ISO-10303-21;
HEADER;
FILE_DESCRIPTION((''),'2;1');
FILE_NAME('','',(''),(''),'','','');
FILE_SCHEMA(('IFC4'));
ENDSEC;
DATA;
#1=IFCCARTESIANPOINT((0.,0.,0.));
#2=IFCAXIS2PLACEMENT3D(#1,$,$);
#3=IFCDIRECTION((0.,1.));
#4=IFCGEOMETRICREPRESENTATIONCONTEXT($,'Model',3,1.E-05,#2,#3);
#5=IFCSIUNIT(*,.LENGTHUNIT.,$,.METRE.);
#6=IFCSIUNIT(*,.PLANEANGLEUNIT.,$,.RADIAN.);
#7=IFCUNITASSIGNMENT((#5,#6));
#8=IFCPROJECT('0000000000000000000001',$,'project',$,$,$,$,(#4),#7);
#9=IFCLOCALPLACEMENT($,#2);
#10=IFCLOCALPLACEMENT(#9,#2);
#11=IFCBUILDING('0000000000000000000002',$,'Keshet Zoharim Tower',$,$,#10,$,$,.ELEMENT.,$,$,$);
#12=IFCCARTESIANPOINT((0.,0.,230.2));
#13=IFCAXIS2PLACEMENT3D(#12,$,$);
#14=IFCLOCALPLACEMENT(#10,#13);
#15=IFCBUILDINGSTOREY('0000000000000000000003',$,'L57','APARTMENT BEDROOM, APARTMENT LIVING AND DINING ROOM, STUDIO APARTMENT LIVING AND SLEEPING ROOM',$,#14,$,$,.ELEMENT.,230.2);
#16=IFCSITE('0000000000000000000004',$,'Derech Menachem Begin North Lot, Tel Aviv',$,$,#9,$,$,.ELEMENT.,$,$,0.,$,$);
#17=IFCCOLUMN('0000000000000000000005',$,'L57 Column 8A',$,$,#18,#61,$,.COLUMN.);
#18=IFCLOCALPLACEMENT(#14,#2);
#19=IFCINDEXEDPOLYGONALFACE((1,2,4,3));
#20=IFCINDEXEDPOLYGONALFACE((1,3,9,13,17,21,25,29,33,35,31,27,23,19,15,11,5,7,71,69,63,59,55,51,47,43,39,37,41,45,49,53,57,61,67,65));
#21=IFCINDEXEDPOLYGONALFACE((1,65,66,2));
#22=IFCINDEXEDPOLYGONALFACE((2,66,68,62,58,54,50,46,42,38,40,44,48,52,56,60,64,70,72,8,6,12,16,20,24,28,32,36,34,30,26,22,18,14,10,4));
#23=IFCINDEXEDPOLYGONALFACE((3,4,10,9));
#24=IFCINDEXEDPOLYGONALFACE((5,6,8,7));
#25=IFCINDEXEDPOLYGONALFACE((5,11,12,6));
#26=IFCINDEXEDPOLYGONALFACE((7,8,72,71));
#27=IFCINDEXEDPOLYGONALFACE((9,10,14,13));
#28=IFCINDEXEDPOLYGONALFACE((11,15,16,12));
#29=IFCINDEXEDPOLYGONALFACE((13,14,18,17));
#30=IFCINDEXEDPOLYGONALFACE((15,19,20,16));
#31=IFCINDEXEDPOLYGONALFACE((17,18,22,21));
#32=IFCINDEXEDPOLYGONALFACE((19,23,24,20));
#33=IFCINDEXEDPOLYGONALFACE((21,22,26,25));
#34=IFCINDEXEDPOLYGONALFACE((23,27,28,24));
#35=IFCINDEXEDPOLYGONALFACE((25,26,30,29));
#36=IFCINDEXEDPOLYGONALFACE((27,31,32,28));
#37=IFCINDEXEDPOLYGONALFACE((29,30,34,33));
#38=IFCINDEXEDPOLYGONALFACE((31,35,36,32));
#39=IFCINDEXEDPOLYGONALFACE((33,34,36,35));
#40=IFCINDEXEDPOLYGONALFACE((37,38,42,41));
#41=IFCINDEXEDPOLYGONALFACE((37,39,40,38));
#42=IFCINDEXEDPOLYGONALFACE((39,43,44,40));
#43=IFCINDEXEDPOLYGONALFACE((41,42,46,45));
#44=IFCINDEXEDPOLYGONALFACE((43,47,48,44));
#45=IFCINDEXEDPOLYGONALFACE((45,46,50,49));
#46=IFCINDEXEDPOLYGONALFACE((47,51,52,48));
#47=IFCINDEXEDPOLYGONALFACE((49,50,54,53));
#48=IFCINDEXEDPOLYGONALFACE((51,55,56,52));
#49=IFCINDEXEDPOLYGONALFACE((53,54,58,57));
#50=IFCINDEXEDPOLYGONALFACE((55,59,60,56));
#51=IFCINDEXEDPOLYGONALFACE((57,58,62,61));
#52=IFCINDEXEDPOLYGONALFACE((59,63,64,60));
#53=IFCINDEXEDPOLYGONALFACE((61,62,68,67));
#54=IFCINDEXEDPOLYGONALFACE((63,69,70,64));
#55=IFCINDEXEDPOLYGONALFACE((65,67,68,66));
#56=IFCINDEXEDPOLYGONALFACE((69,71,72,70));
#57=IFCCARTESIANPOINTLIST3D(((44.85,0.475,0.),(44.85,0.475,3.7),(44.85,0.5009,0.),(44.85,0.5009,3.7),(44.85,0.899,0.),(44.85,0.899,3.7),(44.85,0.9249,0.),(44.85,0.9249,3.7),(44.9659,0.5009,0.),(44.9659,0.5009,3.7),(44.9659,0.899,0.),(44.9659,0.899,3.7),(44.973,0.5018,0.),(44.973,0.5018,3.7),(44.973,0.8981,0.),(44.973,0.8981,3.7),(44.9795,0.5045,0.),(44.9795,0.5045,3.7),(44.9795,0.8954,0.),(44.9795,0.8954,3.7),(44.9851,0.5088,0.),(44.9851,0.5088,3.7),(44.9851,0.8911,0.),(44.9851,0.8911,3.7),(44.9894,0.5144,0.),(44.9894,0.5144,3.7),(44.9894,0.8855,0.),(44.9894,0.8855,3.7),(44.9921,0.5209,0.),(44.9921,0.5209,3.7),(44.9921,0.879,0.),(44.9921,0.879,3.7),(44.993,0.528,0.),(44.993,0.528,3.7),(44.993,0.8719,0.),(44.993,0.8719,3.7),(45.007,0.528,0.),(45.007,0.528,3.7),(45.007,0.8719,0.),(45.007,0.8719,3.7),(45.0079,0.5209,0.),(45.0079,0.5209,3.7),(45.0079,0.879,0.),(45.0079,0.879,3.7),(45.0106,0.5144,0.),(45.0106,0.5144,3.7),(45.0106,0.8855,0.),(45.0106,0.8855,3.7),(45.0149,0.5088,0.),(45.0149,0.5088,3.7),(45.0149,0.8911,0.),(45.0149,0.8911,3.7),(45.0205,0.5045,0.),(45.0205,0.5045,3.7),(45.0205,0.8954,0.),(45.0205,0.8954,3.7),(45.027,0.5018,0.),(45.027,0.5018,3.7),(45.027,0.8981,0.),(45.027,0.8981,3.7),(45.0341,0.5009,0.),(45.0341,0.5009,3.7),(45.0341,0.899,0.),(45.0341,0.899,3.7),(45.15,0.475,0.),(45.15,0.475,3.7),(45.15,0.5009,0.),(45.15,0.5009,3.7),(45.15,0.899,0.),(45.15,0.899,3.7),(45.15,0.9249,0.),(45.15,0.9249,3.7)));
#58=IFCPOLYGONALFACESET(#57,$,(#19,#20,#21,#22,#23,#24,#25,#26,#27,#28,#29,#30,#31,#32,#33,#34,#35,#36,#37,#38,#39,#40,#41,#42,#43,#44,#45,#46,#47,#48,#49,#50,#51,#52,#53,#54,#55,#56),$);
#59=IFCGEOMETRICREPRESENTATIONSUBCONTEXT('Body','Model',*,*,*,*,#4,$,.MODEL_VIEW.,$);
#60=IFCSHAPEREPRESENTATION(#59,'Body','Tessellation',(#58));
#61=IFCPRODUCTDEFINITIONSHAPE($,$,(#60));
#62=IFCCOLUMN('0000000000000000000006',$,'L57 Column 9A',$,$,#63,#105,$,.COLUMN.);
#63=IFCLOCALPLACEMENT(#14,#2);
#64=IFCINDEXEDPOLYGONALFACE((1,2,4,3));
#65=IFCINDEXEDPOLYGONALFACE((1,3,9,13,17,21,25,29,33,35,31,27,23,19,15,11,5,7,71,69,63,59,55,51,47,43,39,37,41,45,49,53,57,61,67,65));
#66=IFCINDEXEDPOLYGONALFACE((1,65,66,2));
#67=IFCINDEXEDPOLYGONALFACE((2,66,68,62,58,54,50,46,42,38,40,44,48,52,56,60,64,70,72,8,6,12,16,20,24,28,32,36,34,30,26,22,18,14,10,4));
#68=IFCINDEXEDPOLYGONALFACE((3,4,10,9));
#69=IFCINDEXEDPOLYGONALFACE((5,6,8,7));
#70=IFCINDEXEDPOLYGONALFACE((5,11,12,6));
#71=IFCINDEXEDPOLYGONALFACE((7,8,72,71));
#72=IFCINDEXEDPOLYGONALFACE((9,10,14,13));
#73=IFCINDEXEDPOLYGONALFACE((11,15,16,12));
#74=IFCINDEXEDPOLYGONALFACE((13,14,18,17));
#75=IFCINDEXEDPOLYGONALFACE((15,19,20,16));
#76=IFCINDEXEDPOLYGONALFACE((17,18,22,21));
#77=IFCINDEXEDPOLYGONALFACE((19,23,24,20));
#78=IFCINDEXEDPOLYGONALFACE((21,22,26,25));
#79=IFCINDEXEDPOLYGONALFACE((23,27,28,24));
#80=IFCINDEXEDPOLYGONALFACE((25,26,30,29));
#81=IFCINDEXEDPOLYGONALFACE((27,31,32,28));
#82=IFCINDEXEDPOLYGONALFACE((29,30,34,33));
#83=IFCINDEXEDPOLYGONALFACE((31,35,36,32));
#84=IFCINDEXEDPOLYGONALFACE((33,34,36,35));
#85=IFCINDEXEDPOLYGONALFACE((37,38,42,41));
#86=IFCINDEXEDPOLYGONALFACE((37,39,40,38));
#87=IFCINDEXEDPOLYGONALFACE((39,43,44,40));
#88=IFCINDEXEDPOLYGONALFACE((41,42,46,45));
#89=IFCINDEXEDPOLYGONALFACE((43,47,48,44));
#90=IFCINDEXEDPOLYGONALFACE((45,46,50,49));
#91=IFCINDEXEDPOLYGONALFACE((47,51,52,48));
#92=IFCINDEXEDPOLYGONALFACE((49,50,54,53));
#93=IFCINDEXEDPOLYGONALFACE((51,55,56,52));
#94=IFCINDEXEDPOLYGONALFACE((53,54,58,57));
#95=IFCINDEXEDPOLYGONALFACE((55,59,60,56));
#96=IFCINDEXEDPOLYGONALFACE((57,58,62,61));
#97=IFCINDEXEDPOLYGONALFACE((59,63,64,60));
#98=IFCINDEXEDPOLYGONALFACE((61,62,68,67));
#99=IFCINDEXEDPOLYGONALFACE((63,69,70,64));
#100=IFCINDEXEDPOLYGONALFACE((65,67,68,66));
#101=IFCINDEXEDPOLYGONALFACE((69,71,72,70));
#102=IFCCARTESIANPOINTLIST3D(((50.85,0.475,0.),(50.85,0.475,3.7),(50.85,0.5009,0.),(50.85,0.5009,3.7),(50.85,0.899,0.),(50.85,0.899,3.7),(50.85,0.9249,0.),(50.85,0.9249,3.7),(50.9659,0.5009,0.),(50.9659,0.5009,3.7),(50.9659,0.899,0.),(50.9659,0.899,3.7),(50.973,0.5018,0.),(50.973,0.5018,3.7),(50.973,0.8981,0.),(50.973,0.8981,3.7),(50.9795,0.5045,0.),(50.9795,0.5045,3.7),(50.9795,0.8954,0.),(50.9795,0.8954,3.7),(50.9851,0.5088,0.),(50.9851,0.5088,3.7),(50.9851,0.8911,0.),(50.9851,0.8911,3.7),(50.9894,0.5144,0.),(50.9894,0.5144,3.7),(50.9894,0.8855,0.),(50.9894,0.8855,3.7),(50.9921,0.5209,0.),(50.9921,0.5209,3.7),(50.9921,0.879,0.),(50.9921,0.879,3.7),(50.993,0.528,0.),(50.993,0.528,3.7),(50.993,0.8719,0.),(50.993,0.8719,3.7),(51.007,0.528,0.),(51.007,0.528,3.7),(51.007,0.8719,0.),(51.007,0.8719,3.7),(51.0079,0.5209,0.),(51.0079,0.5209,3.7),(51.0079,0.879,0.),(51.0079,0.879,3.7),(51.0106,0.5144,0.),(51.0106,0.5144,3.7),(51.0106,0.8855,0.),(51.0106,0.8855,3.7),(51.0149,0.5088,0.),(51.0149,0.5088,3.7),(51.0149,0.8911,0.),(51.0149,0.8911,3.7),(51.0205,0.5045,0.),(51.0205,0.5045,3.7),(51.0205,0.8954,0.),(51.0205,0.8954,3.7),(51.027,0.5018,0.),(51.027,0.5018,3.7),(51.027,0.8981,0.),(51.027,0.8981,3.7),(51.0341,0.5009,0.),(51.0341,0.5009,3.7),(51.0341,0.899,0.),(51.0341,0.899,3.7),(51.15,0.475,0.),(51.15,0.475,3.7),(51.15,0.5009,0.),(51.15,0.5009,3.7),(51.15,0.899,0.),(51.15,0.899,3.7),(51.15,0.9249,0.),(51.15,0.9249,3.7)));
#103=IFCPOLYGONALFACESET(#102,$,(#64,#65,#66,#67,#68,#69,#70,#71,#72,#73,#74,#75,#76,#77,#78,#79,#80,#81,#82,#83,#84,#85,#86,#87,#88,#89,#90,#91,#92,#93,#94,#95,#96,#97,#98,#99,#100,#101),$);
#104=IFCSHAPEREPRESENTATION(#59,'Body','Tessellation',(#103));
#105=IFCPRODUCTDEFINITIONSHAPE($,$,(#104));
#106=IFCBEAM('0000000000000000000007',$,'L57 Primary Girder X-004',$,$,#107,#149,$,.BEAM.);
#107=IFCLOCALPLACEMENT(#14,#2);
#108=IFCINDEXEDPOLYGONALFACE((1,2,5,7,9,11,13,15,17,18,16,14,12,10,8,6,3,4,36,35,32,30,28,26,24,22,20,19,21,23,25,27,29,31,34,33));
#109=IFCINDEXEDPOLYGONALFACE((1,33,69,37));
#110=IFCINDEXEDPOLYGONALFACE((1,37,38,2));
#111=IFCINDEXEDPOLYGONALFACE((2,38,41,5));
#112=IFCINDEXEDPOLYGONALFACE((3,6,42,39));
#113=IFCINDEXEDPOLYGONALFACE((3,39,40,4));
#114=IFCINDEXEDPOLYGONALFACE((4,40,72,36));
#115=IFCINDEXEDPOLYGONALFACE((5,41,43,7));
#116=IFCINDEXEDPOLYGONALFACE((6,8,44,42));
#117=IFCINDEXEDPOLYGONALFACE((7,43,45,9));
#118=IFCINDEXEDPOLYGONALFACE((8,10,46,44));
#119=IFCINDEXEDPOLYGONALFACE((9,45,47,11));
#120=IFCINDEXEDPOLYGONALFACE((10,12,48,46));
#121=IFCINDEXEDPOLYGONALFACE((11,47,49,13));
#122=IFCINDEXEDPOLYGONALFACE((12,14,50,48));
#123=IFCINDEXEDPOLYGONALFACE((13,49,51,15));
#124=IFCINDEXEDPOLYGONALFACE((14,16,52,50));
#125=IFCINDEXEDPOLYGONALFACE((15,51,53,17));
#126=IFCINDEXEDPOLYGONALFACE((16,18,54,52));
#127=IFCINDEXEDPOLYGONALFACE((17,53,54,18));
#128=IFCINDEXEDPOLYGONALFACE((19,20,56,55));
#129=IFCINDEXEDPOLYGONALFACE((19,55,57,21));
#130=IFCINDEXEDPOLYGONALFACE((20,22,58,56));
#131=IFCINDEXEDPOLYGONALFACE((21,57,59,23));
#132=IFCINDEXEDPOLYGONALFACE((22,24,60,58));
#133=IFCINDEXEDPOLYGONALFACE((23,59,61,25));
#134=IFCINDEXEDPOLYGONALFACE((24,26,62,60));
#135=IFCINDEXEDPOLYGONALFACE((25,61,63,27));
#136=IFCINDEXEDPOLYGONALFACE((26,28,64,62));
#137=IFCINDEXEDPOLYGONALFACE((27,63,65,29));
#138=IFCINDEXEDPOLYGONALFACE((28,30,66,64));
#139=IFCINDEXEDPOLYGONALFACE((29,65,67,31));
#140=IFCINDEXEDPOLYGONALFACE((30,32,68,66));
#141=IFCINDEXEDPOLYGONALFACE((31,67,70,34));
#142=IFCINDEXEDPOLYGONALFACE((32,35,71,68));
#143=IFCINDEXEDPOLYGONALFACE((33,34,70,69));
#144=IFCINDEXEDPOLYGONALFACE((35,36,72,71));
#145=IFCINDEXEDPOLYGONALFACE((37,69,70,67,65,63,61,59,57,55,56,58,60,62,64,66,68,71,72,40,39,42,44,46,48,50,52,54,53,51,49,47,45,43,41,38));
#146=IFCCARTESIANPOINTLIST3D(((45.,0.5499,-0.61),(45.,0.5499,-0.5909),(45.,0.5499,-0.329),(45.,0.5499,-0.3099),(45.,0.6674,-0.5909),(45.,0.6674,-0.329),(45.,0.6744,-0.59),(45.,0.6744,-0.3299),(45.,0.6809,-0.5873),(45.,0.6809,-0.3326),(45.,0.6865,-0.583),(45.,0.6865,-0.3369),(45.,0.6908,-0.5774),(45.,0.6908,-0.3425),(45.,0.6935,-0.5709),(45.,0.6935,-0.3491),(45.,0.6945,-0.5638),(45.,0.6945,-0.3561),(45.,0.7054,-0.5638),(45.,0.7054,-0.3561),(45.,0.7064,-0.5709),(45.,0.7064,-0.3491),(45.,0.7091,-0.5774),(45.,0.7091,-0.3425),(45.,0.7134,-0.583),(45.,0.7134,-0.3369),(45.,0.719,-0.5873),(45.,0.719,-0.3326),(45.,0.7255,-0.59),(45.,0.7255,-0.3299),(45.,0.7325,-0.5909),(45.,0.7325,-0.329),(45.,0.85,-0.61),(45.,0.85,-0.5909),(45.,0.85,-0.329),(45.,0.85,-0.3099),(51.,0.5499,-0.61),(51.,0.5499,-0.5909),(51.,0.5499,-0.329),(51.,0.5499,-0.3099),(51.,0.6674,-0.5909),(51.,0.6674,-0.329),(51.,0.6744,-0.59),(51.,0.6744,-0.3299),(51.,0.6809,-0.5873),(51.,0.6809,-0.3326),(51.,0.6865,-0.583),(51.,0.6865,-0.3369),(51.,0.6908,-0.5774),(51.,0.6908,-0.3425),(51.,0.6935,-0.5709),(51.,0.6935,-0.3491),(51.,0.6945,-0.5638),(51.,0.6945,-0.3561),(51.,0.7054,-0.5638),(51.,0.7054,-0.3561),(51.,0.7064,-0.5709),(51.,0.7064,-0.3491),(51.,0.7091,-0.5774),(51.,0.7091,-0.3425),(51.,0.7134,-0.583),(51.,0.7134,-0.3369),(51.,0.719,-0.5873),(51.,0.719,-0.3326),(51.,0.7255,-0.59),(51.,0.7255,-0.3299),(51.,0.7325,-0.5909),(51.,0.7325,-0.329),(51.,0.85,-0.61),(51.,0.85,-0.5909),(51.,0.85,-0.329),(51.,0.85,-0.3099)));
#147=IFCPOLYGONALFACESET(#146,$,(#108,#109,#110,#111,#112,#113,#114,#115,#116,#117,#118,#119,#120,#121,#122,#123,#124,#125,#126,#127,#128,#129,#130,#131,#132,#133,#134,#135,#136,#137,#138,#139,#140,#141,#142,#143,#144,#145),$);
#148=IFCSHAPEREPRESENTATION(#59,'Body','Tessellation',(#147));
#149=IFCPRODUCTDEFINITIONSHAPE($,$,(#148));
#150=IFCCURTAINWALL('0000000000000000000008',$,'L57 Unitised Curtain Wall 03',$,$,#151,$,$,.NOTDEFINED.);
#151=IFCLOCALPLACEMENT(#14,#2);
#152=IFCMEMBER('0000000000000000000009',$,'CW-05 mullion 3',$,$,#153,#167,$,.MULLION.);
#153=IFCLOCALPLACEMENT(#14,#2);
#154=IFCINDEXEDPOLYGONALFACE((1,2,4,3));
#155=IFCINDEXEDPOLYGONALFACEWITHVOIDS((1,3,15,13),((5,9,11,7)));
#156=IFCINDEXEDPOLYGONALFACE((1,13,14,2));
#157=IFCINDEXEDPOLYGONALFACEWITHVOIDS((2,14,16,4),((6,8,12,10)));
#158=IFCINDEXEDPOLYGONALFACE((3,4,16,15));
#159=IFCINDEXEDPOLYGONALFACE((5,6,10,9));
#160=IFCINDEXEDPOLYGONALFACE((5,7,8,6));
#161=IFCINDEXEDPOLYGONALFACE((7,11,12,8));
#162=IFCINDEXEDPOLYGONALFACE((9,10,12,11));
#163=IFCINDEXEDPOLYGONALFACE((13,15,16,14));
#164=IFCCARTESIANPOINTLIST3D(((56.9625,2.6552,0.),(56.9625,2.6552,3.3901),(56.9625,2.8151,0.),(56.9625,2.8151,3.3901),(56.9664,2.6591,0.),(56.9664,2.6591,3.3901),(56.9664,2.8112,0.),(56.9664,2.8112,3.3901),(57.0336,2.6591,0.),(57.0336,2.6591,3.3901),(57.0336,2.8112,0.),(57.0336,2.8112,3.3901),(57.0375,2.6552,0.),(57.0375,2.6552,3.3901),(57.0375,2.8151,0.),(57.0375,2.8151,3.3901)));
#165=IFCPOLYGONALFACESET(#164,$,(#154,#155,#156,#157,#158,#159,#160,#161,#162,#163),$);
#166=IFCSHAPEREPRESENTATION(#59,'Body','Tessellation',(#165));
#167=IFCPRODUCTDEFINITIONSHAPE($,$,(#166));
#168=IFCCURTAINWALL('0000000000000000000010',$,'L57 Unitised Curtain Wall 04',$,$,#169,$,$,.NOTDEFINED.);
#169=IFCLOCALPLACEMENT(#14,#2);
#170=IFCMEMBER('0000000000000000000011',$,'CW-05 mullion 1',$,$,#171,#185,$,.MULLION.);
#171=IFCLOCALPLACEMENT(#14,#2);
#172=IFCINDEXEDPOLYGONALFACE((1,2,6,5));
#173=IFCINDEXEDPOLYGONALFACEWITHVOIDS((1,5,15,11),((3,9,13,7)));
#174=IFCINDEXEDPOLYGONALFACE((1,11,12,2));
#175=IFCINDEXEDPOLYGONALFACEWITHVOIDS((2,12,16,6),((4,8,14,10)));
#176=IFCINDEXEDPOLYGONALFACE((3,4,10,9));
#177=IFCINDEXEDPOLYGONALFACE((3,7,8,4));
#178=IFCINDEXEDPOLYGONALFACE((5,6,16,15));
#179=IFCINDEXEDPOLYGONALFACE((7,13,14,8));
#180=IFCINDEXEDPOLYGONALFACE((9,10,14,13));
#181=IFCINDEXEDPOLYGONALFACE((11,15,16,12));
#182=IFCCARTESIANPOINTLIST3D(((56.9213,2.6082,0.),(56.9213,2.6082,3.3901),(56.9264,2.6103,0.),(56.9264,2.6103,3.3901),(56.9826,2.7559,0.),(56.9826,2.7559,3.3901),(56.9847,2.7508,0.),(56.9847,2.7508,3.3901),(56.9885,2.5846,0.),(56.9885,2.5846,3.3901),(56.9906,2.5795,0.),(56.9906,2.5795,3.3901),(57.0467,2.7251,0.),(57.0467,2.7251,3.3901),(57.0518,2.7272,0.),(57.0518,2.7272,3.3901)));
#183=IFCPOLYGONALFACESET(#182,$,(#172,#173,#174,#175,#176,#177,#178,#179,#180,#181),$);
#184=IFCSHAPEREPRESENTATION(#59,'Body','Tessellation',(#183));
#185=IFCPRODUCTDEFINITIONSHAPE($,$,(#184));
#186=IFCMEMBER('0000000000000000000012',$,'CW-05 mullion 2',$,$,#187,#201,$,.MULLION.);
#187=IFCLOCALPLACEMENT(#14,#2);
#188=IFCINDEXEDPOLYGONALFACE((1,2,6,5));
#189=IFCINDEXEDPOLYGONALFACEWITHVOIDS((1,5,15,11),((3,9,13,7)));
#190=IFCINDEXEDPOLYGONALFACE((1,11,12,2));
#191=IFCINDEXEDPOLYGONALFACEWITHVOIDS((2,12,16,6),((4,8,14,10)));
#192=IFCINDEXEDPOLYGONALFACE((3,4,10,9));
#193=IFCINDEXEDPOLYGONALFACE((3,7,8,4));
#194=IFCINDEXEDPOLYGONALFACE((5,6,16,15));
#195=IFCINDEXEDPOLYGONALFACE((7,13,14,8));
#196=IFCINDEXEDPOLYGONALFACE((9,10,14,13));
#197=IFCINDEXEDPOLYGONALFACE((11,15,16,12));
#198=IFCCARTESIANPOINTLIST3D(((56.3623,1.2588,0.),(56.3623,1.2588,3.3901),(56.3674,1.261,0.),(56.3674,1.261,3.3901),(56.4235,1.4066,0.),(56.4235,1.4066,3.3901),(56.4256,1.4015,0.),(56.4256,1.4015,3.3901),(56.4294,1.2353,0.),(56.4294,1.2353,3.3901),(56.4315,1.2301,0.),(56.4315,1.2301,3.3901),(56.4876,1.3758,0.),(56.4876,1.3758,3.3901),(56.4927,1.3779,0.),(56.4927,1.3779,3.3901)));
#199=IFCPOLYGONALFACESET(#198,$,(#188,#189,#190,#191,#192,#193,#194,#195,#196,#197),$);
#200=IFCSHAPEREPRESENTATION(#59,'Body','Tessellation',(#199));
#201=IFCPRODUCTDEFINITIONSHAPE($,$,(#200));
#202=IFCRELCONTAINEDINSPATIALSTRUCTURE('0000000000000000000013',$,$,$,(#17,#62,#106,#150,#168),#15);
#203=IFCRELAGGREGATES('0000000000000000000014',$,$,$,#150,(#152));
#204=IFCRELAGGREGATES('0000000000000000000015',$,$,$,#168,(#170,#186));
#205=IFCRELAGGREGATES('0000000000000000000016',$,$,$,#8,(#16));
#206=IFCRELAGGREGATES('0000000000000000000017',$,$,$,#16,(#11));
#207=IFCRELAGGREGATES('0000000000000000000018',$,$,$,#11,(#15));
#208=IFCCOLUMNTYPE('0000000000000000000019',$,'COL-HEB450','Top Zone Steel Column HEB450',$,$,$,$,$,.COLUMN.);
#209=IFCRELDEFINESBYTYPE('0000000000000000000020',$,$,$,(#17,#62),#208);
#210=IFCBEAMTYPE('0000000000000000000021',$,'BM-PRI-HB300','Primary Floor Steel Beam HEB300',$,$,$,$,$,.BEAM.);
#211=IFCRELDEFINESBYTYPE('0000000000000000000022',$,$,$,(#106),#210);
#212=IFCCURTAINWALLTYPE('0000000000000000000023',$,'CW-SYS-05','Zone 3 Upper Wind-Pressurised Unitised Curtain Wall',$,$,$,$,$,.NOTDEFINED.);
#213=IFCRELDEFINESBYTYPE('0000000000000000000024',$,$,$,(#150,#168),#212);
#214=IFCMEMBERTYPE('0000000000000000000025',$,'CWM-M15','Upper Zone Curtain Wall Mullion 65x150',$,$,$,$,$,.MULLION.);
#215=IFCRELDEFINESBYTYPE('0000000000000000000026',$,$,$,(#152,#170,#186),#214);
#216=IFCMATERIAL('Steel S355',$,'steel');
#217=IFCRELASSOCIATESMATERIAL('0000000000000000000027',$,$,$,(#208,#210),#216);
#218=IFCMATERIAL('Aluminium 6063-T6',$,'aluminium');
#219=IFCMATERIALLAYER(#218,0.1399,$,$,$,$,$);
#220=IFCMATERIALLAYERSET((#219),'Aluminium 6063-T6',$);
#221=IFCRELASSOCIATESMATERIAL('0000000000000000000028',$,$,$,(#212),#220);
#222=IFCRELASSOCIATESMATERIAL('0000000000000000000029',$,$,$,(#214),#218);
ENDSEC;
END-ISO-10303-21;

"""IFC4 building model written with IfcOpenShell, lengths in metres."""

from ifc_helpers import new_model, si_unit, direction, frame, origin, origin_2d, place, context, subcontext, project, spatial, hollow_rectangle, i_section, extrude, material, layer, layer_set, material_profile, profile_set, type_object, element, aggregate, save


model = new_model("IFC4")

# Units and contexts
model_context = context("Model", 3, precision=1e-05, world=origin(), true_north=direction((0.0, 1.0)))
body_context = subcontext(model_context, "Body", "Model", "MODEL_VIEW")
ifc_project = project(units=[si_unit("LENGTHUNIT", "METRE"), si_unit("PLANEANGLEUNIT", "RADIAN")], contexts=[model_context])

# Site, building, storey
site_placement = place(None, origin())
site = spatial("IfcSite", under=ifc_project, at=site_placement, Name="Derech Menachem Begin North Lot, Tel Aviv", CompositionType="ELEMENT", RefElevation=0.0)
building_placement = place(site_placement, origin())
building = spatial("IfcBuilding", under=site, at=building_placement, Name="Keshet Zoharim Tower", CompositionType="ELEMENT")
storey_placement = place(building_placement, frame((0.0, 0.0, 230.2)))
storey = spatial("IfcBuildingStorey", under=building, at=storey_placement, Name="L57", Description="APARTMENT BEDROOM, APARTMENT LIVING AND DINING ROOM, STUDIO APARTMENT LIVING AND SLEEPING ROOM", CompositionType="ELEMENT", Elevation=230.2)

# Columns
ifc_material_1 = material(Name="Steel S355", Category="steel")
ifc_material_profile_1 = material_profile(ifc_material_1, i_section(OverallWidth=0.3, OverallDepth=0.45, WebThickness=0.0139, FlangeThickness=0.0259, FilletRadius=0.0271, at=origin_2d()), Name="HEB450")
ifc_profile_set_1 = profile_set([ifc_material_profile_1], Name="Steel S355")
column_type = type_object("IfcColumnType", Name="COL-HEB450", Description="Top Zone Steel Column HEB450", PredefinedType="COLUMN", material=ifc_profile_set_1)
for number, where, z_axis, x_axis, name in (
    (1, (45.0, 0.7, 0.0), (0.0, 0.0, 1.0), (1.0, 0.0, 0.0), "L57 Column 8A"),
    (2, (51.0, 0.7, 0.0), (0.0, 0.0, 1.0), (1.0, 0.0, 0.0), "L57 Column 9A"),
):
    element("IfcColumn", number, at=place(storey_placement, frame(where, z_axis=z_axis, x_axis=x_axis)), inside=storey, type_object=column_type, Name=name, PredefinedType="COLUMN", context=body_context, shape_type="SweptSolid", body=[
        extrude(i_section(OverallWidth=0.3, OverallDepth=0.45, WebThickness=0.0139, FlangeThickness=0.0259, FilletRadius=0.0271, at=origin_2d()), origin(), (0.0, 0.0, 1.0), 3.7),
    ])

# Beam
ifc_material_profile_2 = material_profile(ifc_material_1, i_section(OverallWidth=0.3, OverallDepth=0.3, WebThickness=0.011, FlangeThickness=0.019, FilletRadius=0.0271, at=origin_2d()), Name="HEB300")
ifc_profile_set_2 = profile_set([ifc_material_profile_2], Name="Steel S355")
beam_type = type_object("IfcBeamType", Name="BM-PRI-HB300", Description="Primary Floor Steel Beam HEB300", PredefinedType="BEAM", material=ifc_profile_set_2)
beam_placement = place(storey_placement, frame((45.0, 0.7, -0.46), z_axis=(1.0, 0.0, 0.0), x_axis=(0.0, 1.0, 0.0)))
element("IfcBeam", 3, at=beam_placement, inside=storey, type_object=beam_type, Name="L57 Primary Girder X-004", PredefinedType="BEAM", context=body_context, shape_type="SweptSolid", body=[
    extrude(i_section(OverallWidth=0.3, OverallDepth=0.3, WebThickness=0.011, FlangeThickness=0.019, FilletRadius=0.0271, at=origin_2d()), origin(), (0.0, 0.0, 1.0), 6.0),
])

# Curtain wall, member
ifc_material_2 = material(Name="Aluminium 6063-T6", Category="aluminium")
ifc_layer_1 = layer(ifc_material_2, 0.1399)
ifc_layer_set_1 = layer_set([ifc_layer_1], Name="Aluminium 6063-T6")
curtain_wall_type = type_object("IfcCurtainWallType", Name="CW-SYS-05", Description="Zone 3 Upper Wind-Pressurised Unitised Curtain Wall", PredefinedType="NOTDEFINED", material=ifc_layer_set_1)
curtain_wall_1_placement = place(storey_placement, origin())
curtain_wall_1 = element("IfcCurtainWall", 4, at=curtain_wall_1_placement, inside=storey, type_object=curtain_wall_type, Name="L57 Unitised Curtain Wall 03", PredefinedType="NOTDEFINED")
ifc_material_profile_3 = material_profile(ifc_material_2, hollow_rectangle(XDim=0.075, YDim=0.1599, WallThickness=0.0039, at=origin_2d()), Name="MUL-75x160")
ifc_profile_set_3 = profile_set([ifc_material_profile_3], Name="Aluminium 6063-T6")
member_type_1 = type_object("IfcMemberType", Name="CWM-M15", Description="Upper Zone Curtain Wall Mullion 65x150", PredefinedType="MULLION", material=ifc_profile_set_3)
member_1_placement = place(storey_placement, frame((57.0, 2.7351, 0.0), z_axis=(0.0, 0.0, 1.0), x_axis=(1.0, 0.0, 0.0)))
member_1 = element("IfcMember", 5, at=member_1_placement, type_object=member_type_1, Name="CW-05 mullion 3", PredefinedType="MULLION", context=body_context, shape_type="SweptSolid", body=[
    extrude(hollow_rectangle(XDim=0.075, YDim=0.1599, WallThickness=0.0039, at=origin_2d()), origin(), (0.0, 0.0, 1.0), 3.3901),
])
aggregate(curtain_wall_1, [member_1])

# Curtain wall, members
curtain_wall_2_placement = place(storey_placement, origin())
curtain_wall_2 = element("IfcCurtainWall", 6, at=curtain_wall_2_placement, inside=storey, type_object=curtain_wall_type, Name="L57 Unitised Curtain Wall 04", PredefinedType="NOTDEFINED")
member_2_placement = place(storey_placement, frame((56.9866, 2.6677, 0.0), z_axis=(0.0, 0.0, 1.0), x_axis=(0.92381, -0.382852, 0.0)))
member_2 = element("IfcMember", 7, at=member_2_placement, type_object=member_type_1, Name="CW-05 mullion 1", PredefinedType="MULLION", context=body_context, shape_type="SweptSolid", body=[
    extrude(hollow_rectangle(XDim=0.075, YDim=0.1599, WallThickness=0.0039, at=origin_2d()), origin(), (0.0, 0.0, 1.0), 3.3901),
])
member_3_placement = place(storey_placement, frame((56.4275, 1.3184, 0.0), z_axis=(0.0, 0.0, 1.0), x_axis=(0.92381, -0.382852, 0.0)))
member_3 = element("IfcMember", 8, at=member_3_placement, type_object=member_type_1, Name="CW-05 mullion 2", PredefinedType="MULLION", context=body_context, shape_type="SweptSolid", body=[
    extrude(hollow_rectangle(XDim=0.075, YDim=0.1599, WallThickness=0.0039, at=origin_2d()), origin(), (0.0, 0.0, 1.0), 3.3901),
])

aggregate(curtain_wall_2, [member_2, member_3])

save(model, "model.ifc")
